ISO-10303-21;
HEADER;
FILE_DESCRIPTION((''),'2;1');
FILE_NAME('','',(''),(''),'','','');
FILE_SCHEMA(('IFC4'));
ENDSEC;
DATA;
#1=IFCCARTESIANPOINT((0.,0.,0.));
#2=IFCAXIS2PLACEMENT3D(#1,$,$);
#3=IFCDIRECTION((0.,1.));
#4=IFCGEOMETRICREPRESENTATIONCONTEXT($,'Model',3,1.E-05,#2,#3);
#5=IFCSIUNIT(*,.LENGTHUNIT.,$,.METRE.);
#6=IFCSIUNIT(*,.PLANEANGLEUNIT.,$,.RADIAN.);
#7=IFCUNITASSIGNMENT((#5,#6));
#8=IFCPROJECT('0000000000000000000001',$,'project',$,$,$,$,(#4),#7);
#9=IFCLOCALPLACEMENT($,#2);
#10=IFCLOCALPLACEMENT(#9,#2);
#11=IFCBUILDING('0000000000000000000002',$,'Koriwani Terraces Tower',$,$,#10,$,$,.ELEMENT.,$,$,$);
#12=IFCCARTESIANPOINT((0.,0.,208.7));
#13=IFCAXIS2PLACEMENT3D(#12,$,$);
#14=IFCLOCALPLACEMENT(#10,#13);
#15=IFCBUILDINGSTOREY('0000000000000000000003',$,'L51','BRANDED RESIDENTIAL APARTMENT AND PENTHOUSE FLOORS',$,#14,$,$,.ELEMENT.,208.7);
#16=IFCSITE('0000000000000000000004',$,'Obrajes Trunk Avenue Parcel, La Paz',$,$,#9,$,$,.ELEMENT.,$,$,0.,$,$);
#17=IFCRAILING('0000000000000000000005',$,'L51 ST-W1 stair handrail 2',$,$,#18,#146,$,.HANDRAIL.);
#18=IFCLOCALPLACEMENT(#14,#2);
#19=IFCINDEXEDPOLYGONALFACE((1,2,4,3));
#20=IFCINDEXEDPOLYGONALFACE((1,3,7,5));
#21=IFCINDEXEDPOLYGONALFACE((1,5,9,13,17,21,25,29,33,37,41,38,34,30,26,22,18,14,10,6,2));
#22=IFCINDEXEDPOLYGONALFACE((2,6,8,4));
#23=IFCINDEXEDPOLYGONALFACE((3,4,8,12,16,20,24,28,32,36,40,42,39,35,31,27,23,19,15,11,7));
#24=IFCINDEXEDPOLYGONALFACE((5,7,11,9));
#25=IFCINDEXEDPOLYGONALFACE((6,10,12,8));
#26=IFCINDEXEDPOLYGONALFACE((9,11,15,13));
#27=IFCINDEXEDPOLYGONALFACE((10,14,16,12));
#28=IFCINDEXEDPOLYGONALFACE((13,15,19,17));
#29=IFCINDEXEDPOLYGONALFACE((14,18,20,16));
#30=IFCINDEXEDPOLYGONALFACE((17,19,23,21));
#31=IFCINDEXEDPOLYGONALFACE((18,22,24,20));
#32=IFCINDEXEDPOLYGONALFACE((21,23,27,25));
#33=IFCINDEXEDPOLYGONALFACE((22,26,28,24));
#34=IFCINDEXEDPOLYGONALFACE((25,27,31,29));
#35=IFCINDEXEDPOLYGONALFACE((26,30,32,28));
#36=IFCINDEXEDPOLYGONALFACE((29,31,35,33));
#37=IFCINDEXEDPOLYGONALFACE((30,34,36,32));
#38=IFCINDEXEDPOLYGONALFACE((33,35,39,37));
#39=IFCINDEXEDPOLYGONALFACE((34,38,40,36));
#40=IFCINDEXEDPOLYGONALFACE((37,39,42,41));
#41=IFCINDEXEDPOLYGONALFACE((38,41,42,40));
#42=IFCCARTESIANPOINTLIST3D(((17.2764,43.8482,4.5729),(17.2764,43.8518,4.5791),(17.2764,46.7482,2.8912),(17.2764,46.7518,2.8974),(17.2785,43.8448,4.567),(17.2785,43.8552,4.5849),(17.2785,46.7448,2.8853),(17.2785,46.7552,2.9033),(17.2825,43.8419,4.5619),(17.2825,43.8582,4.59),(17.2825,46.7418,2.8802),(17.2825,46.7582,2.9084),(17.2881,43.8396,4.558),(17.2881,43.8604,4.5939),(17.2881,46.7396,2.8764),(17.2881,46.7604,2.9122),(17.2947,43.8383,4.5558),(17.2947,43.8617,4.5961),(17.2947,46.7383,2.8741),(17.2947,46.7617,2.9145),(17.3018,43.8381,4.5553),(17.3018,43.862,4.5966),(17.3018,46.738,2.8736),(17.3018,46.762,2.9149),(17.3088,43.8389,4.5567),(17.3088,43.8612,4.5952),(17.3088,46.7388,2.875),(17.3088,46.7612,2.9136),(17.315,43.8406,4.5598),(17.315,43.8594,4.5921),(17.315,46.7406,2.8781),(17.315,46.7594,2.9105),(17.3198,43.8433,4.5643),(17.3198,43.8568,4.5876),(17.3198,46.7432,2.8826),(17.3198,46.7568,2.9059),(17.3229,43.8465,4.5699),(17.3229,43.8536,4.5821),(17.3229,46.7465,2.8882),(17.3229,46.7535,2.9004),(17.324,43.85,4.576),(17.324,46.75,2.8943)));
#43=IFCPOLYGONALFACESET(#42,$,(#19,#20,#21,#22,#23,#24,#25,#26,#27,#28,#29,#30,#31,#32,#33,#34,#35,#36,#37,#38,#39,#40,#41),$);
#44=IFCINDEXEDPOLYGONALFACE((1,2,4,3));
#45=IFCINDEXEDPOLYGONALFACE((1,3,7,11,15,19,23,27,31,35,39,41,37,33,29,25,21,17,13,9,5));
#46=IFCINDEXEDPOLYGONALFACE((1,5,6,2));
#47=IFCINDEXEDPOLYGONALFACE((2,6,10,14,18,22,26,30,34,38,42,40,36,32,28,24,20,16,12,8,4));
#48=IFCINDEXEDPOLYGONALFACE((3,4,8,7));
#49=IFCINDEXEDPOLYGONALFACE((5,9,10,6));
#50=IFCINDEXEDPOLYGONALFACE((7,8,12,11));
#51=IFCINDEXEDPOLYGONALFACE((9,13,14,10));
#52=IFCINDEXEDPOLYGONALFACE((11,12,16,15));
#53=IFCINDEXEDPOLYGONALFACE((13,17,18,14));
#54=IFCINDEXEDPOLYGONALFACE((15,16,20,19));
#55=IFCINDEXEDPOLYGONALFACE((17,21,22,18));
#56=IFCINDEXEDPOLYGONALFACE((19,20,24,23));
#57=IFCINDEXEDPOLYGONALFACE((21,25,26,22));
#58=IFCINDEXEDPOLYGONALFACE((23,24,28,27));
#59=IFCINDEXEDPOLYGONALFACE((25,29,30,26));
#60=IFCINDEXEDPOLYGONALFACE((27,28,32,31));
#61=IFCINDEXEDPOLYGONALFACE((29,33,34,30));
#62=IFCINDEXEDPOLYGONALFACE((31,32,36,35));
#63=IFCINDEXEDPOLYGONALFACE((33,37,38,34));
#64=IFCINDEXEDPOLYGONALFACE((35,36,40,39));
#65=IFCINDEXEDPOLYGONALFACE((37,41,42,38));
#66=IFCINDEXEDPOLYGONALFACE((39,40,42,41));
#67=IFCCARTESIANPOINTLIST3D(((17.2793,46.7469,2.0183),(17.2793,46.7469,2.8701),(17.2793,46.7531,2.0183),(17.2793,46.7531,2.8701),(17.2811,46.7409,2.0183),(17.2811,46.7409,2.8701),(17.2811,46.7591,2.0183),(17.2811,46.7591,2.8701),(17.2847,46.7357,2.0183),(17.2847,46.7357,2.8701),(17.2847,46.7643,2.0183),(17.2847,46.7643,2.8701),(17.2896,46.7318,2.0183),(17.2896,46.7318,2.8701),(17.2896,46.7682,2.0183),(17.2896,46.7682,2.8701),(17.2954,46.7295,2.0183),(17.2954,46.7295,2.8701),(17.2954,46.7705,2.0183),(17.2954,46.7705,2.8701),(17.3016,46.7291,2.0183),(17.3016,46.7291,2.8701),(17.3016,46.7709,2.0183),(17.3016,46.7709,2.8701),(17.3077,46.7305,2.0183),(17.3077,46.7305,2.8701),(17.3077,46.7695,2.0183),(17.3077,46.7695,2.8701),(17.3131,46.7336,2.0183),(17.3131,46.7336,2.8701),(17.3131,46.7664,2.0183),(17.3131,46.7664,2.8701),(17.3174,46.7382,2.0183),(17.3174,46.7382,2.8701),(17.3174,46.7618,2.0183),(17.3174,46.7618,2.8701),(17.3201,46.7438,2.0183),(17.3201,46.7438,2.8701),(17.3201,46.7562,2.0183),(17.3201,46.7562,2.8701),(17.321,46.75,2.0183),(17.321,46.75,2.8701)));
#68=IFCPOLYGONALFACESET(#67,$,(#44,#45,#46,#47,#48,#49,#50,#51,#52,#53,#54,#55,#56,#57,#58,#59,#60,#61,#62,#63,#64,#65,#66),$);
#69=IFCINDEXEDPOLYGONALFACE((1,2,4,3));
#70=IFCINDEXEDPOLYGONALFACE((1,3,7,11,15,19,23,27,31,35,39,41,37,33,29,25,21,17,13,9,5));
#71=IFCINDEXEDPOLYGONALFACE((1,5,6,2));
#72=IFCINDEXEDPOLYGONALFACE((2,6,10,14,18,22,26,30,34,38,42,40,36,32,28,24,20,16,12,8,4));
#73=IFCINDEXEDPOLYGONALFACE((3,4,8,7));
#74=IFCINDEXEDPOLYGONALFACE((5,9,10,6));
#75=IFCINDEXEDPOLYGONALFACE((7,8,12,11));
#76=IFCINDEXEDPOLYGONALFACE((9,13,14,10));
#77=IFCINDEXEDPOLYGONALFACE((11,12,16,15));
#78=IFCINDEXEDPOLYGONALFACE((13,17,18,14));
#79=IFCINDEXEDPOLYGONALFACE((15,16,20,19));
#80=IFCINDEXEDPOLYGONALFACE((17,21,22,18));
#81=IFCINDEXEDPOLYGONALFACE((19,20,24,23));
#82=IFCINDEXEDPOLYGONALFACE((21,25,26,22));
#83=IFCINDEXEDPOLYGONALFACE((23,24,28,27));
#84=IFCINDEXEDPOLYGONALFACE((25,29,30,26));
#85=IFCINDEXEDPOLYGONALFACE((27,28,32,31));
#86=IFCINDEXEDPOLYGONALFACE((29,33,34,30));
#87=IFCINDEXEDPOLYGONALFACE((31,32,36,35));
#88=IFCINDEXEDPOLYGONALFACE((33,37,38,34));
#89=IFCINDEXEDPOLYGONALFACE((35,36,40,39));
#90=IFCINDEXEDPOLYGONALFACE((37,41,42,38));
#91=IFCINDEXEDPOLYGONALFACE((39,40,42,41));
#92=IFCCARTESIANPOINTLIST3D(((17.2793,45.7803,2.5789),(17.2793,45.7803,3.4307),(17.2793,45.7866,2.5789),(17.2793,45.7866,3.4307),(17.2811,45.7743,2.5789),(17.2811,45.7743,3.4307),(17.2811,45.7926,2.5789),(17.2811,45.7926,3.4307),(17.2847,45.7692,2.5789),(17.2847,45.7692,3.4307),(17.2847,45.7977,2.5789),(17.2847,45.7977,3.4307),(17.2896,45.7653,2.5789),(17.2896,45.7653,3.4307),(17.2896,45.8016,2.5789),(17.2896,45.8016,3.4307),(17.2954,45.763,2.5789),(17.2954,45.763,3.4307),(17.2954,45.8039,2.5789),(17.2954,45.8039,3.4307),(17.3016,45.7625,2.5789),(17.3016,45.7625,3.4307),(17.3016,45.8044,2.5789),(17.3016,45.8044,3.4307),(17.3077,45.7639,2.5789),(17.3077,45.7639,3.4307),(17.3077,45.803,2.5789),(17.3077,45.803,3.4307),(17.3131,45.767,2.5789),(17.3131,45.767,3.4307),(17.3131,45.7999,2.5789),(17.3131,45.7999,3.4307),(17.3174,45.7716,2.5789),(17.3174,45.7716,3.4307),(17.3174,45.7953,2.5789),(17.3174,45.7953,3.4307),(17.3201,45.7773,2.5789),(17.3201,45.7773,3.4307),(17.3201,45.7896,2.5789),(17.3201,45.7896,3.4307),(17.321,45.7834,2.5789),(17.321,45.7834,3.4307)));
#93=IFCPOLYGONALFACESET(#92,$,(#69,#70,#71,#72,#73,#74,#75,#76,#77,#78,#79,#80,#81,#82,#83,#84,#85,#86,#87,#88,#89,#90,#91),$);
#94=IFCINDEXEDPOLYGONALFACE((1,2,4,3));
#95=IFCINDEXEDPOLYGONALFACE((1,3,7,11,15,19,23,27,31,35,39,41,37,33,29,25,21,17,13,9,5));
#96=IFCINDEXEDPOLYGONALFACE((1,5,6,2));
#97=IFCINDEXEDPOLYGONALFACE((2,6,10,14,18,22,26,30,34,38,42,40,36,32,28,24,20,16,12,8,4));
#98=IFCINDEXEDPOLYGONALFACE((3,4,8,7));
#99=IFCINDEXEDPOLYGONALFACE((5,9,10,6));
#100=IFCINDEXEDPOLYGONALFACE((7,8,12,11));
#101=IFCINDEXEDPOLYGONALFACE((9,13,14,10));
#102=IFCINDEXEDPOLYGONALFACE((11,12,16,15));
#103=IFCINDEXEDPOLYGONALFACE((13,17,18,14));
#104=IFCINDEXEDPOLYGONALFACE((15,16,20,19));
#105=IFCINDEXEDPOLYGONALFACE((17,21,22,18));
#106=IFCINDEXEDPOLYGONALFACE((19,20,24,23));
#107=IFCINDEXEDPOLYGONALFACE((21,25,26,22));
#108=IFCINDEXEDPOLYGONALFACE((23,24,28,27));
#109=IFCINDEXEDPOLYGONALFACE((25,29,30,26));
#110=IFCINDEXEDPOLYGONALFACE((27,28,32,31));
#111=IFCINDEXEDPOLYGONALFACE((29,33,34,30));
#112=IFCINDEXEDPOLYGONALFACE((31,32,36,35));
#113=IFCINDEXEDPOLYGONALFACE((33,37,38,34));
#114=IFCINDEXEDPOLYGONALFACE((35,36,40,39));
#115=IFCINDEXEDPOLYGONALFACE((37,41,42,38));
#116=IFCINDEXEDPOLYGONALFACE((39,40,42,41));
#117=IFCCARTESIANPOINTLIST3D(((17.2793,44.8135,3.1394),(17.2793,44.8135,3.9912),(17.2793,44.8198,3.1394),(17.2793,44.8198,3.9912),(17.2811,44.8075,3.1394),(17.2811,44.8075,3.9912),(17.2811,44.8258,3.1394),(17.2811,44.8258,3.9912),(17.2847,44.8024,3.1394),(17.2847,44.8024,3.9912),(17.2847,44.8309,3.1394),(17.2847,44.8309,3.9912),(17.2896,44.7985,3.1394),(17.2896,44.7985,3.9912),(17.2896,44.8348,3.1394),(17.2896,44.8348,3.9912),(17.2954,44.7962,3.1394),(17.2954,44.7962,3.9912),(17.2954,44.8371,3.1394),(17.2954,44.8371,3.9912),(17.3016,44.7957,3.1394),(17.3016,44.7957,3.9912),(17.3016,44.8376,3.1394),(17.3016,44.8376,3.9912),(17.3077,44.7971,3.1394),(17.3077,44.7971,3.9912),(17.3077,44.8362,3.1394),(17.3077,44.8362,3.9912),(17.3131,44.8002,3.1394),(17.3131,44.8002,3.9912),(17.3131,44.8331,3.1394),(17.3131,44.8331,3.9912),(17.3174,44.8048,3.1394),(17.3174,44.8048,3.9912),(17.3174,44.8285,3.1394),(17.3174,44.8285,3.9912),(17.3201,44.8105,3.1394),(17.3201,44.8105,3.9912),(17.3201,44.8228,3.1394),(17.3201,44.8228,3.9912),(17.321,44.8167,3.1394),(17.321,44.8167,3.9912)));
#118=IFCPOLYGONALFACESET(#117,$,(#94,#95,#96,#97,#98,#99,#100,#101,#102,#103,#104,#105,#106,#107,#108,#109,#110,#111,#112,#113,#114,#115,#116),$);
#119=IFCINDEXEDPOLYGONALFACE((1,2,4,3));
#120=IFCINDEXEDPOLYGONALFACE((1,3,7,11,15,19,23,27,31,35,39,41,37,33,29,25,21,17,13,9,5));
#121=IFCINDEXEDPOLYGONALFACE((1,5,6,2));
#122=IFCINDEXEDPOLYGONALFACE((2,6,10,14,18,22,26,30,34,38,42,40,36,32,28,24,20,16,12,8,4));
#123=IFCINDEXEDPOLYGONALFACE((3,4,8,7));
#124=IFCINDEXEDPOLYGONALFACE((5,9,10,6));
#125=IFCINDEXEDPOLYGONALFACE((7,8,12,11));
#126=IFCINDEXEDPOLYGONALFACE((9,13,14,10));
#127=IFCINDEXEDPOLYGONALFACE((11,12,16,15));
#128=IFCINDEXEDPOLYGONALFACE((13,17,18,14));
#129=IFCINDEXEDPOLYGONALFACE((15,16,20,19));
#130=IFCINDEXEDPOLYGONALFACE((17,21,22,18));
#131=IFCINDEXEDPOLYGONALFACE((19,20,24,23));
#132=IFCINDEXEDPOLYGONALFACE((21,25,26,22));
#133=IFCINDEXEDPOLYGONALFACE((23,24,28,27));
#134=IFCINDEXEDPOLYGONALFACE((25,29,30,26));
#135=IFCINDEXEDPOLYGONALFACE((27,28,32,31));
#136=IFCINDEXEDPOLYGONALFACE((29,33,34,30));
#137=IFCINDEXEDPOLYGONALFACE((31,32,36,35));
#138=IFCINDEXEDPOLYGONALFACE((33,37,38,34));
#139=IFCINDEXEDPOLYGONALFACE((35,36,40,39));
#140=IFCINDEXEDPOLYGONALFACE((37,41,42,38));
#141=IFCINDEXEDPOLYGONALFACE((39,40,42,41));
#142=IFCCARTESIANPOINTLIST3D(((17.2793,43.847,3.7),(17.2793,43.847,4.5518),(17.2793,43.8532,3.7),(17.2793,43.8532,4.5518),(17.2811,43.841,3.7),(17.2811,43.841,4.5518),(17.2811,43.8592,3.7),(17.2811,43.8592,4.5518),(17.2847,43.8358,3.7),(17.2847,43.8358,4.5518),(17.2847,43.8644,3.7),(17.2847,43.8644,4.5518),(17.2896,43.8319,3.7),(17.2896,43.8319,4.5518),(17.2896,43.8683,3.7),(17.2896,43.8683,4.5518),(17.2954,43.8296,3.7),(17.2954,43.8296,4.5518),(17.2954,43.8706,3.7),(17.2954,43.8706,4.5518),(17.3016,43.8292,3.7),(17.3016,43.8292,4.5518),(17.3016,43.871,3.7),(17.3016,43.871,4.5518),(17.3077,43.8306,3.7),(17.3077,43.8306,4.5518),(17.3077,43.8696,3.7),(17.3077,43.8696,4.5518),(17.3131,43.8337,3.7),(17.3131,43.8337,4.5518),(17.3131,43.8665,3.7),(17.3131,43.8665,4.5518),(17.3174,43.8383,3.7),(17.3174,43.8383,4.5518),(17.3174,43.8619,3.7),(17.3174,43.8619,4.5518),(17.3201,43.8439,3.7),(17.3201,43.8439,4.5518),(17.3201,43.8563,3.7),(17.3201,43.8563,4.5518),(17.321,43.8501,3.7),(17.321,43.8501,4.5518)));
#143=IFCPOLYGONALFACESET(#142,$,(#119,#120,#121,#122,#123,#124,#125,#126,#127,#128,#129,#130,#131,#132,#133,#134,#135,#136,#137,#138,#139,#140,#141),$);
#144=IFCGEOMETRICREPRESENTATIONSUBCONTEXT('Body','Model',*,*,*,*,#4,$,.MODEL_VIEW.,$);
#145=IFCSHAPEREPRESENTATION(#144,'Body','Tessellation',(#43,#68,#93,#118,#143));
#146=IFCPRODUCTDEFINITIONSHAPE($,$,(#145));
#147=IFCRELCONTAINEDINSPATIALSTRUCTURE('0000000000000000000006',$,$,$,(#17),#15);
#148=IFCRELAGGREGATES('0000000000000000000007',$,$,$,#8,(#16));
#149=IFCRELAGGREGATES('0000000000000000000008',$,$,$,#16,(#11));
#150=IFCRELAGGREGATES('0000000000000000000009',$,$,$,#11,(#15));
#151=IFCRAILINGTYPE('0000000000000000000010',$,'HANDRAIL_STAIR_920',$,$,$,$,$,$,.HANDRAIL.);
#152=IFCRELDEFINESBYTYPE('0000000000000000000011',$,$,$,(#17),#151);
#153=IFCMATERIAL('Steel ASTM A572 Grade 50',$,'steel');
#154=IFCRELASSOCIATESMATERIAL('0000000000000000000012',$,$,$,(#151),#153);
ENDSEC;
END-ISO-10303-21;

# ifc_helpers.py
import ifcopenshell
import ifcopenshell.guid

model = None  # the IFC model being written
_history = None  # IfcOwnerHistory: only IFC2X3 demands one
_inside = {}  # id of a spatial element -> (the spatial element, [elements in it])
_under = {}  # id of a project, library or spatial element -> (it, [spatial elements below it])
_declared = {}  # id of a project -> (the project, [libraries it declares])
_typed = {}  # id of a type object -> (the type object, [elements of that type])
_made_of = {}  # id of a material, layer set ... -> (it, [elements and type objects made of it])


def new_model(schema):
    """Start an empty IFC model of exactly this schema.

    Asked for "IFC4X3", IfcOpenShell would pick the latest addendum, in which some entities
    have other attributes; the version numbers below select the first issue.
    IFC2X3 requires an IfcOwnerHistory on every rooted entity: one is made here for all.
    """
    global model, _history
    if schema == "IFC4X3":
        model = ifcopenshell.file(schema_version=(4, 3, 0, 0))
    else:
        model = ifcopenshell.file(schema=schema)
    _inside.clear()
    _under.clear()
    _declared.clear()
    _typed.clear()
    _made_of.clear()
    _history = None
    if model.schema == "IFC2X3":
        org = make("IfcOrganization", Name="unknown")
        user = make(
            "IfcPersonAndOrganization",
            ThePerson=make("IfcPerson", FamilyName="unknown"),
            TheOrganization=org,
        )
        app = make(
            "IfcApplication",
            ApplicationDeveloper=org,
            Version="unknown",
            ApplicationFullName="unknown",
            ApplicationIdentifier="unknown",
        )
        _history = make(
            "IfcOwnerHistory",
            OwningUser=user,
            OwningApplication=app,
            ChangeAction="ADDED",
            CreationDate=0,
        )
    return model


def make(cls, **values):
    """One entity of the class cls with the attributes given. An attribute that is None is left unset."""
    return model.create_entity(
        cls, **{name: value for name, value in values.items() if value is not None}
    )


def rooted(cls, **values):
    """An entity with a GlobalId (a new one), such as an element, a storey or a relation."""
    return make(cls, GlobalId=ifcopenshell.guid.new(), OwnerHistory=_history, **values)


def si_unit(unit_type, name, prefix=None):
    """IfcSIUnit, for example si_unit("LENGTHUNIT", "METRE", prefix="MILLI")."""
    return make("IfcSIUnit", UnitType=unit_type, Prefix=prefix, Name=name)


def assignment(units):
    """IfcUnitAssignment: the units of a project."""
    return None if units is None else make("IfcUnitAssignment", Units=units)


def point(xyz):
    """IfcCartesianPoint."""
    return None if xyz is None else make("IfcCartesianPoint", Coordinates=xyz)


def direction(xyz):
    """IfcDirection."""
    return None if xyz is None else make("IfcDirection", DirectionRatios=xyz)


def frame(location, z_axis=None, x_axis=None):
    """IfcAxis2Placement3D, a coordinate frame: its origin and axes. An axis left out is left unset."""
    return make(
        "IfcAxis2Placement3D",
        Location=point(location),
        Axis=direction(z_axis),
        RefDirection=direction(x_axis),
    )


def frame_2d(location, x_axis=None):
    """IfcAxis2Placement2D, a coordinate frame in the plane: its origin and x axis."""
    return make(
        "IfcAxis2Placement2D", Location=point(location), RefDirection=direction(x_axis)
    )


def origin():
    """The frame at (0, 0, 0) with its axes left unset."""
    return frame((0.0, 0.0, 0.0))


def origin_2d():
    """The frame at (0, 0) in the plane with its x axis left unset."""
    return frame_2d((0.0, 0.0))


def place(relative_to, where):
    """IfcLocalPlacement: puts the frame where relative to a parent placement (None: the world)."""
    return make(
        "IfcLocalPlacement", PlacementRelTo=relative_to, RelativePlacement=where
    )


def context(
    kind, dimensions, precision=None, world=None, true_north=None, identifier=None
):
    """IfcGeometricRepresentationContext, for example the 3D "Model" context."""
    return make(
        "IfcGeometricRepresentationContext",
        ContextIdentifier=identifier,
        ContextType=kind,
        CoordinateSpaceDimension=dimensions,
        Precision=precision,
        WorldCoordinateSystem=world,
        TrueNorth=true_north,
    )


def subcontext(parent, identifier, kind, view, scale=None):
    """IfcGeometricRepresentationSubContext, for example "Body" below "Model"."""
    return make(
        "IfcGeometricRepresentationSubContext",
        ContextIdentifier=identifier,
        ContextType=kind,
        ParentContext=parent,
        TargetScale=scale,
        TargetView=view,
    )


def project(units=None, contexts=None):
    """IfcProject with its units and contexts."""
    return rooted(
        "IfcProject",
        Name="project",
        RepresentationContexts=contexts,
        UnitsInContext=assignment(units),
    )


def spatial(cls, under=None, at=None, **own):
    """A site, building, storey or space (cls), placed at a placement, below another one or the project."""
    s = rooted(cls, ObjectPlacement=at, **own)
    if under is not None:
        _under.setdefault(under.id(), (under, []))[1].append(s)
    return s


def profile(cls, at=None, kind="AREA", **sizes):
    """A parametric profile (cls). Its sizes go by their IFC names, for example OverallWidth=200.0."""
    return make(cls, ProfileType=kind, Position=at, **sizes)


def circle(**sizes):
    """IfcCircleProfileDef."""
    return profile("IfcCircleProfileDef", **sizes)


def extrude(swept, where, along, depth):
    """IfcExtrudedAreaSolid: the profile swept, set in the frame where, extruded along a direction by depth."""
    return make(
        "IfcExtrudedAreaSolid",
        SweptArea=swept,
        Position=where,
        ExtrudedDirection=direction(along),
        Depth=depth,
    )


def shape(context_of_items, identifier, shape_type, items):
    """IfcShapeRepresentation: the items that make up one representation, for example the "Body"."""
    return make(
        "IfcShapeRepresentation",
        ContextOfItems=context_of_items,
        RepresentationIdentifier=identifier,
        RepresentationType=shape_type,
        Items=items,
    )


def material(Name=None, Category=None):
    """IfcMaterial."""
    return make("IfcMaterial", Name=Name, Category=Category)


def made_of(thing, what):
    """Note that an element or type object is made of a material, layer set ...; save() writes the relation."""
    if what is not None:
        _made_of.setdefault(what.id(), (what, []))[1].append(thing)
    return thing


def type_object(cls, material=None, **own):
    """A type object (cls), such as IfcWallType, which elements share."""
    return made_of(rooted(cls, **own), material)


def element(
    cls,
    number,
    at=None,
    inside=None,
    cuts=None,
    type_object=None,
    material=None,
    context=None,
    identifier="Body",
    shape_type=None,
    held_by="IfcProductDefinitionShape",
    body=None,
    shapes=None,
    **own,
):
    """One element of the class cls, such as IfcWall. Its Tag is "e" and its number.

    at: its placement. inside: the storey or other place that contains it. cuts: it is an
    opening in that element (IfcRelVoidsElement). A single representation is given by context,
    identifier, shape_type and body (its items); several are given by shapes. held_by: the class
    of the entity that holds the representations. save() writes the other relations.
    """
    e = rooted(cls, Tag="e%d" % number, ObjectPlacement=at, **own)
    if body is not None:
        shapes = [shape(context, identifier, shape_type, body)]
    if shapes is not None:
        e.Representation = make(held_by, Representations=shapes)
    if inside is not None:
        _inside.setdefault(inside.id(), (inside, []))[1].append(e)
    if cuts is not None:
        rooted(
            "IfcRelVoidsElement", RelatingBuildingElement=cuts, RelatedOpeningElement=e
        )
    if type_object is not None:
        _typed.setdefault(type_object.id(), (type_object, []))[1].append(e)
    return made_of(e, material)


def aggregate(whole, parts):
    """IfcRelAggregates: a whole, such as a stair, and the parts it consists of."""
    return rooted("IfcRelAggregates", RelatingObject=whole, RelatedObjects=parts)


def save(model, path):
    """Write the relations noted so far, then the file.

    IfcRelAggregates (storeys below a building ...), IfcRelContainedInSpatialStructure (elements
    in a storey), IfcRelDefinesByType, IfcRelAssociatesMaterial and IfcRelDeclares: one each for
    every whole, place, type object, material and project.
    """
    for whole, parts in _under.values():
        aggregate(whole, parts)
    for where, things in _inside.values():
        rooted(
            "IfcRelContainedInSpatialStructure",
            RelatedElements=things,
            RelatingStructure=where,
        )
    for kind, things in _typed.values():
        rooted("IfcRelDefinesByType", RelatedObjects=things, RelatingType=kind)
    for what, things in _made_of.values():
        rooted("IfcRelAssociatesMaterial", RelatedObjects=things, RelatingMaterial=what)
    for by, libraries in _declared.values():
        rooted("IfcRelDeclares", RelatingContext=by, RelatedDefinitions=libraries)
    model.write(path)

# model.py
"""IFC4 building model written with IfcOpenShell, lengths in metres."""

from ifc_helpers import new_model, si_unit, direction, frame, origin, origin_2d, place, context, subcontext, project, spatial, circle, extrude, material, type_object, element, save


model = new_model("IFC4")

# Units and contexts
model_context = context("Model", 3, precision=1e-05, world=origin(), true_north=direction((0.0, 1.0)))
body_context = subcontext(model_context, "Body", "Model", "MODEL_VIEW")
ifc_project = project(units=[si_unit("LENGTHUNIT", "METRE"), si_unit("PLANEANGLEUNIT", "RADIAN")], contexts=[model_context])

# Site, building, storey
site_placement = place(None, origin())
site = spatial("IfcSite", under=ifc_project, at=site_placement, Name="Obrajes Trunk Avenue Parcel, La Paz", CompositionType="ELEMENT", RefElevation=0.0)
building_placement = place(site_placement, origin())
building = spatial("IfcBuilding", under=site, at=building_placement, Name="Koriwani Terraces Tower", CompositionType="ELEMENT")
storey_placement = place(building_placement, frame((0.0, 0.0, 208.7)))
storey = spatial("IfcBuildingStorey", under=building, at=storey_placement, Name="L51", Description="BRANDED RESIDENTIAL APARTMENT AND PENTHOUSE FLOORS", CompositionType="ELEMENT", Elevation=208.7)

# Shared definitions
ifc_material_1 = material(Name="Steel ASTM A572 Grade 50", Category="steel")

# Railing
railing_type_1 = type_object("IfcRailingType", Name="HANDRAIL_STAIR_920", PredefinedType="HANDRAIL", material=ifc_material_1)
railing_1_placement = place(storey_placement, frame((17.3, 46.75, 2.0183)))
element("IfcRailing", 1, at=railing_1_placement, inside=storey, type_object=railing_type_1, Name="L51 ST-W1 stair handrail 2", PredefinedType="HANDRAIL", context=body_context, shape_type="SweptSolid", body=[
    extrude(circle(Radius=0.0239, at=origin_2d()), frame((0.0, 0.0, 0.876), z_axis=(0.0, -0.86507, 0.501651), x_axis=(1.0, 0.0, 0.0)), (0.0, 0.0, 1.0), 3.3523),
    extrude(circle(Radius=0.021, at=origin_2d()), origin(), (0.0, 0.0, 1.0), 0.8518),
    extrude(circle(Radius=0.021, at=origin_2d()), frame((0.0, -0.9666, 0.5605)), (0.0, 0.0, 1.0), 0.8518),
    extrude(circle(Radius=0.021, at=origin_2d()), frame((0.0, -1.9333, 1.1211)), (0.0, 0.0, 1.0), 0.8518),
    extrude(circle(Radius=0.021, at=origin_2d()), frame((0.0, -2.8999, 1.6816)), (0.0, 0.0, 1.0), 0.8518),
])

save(model, "model.ifc")
